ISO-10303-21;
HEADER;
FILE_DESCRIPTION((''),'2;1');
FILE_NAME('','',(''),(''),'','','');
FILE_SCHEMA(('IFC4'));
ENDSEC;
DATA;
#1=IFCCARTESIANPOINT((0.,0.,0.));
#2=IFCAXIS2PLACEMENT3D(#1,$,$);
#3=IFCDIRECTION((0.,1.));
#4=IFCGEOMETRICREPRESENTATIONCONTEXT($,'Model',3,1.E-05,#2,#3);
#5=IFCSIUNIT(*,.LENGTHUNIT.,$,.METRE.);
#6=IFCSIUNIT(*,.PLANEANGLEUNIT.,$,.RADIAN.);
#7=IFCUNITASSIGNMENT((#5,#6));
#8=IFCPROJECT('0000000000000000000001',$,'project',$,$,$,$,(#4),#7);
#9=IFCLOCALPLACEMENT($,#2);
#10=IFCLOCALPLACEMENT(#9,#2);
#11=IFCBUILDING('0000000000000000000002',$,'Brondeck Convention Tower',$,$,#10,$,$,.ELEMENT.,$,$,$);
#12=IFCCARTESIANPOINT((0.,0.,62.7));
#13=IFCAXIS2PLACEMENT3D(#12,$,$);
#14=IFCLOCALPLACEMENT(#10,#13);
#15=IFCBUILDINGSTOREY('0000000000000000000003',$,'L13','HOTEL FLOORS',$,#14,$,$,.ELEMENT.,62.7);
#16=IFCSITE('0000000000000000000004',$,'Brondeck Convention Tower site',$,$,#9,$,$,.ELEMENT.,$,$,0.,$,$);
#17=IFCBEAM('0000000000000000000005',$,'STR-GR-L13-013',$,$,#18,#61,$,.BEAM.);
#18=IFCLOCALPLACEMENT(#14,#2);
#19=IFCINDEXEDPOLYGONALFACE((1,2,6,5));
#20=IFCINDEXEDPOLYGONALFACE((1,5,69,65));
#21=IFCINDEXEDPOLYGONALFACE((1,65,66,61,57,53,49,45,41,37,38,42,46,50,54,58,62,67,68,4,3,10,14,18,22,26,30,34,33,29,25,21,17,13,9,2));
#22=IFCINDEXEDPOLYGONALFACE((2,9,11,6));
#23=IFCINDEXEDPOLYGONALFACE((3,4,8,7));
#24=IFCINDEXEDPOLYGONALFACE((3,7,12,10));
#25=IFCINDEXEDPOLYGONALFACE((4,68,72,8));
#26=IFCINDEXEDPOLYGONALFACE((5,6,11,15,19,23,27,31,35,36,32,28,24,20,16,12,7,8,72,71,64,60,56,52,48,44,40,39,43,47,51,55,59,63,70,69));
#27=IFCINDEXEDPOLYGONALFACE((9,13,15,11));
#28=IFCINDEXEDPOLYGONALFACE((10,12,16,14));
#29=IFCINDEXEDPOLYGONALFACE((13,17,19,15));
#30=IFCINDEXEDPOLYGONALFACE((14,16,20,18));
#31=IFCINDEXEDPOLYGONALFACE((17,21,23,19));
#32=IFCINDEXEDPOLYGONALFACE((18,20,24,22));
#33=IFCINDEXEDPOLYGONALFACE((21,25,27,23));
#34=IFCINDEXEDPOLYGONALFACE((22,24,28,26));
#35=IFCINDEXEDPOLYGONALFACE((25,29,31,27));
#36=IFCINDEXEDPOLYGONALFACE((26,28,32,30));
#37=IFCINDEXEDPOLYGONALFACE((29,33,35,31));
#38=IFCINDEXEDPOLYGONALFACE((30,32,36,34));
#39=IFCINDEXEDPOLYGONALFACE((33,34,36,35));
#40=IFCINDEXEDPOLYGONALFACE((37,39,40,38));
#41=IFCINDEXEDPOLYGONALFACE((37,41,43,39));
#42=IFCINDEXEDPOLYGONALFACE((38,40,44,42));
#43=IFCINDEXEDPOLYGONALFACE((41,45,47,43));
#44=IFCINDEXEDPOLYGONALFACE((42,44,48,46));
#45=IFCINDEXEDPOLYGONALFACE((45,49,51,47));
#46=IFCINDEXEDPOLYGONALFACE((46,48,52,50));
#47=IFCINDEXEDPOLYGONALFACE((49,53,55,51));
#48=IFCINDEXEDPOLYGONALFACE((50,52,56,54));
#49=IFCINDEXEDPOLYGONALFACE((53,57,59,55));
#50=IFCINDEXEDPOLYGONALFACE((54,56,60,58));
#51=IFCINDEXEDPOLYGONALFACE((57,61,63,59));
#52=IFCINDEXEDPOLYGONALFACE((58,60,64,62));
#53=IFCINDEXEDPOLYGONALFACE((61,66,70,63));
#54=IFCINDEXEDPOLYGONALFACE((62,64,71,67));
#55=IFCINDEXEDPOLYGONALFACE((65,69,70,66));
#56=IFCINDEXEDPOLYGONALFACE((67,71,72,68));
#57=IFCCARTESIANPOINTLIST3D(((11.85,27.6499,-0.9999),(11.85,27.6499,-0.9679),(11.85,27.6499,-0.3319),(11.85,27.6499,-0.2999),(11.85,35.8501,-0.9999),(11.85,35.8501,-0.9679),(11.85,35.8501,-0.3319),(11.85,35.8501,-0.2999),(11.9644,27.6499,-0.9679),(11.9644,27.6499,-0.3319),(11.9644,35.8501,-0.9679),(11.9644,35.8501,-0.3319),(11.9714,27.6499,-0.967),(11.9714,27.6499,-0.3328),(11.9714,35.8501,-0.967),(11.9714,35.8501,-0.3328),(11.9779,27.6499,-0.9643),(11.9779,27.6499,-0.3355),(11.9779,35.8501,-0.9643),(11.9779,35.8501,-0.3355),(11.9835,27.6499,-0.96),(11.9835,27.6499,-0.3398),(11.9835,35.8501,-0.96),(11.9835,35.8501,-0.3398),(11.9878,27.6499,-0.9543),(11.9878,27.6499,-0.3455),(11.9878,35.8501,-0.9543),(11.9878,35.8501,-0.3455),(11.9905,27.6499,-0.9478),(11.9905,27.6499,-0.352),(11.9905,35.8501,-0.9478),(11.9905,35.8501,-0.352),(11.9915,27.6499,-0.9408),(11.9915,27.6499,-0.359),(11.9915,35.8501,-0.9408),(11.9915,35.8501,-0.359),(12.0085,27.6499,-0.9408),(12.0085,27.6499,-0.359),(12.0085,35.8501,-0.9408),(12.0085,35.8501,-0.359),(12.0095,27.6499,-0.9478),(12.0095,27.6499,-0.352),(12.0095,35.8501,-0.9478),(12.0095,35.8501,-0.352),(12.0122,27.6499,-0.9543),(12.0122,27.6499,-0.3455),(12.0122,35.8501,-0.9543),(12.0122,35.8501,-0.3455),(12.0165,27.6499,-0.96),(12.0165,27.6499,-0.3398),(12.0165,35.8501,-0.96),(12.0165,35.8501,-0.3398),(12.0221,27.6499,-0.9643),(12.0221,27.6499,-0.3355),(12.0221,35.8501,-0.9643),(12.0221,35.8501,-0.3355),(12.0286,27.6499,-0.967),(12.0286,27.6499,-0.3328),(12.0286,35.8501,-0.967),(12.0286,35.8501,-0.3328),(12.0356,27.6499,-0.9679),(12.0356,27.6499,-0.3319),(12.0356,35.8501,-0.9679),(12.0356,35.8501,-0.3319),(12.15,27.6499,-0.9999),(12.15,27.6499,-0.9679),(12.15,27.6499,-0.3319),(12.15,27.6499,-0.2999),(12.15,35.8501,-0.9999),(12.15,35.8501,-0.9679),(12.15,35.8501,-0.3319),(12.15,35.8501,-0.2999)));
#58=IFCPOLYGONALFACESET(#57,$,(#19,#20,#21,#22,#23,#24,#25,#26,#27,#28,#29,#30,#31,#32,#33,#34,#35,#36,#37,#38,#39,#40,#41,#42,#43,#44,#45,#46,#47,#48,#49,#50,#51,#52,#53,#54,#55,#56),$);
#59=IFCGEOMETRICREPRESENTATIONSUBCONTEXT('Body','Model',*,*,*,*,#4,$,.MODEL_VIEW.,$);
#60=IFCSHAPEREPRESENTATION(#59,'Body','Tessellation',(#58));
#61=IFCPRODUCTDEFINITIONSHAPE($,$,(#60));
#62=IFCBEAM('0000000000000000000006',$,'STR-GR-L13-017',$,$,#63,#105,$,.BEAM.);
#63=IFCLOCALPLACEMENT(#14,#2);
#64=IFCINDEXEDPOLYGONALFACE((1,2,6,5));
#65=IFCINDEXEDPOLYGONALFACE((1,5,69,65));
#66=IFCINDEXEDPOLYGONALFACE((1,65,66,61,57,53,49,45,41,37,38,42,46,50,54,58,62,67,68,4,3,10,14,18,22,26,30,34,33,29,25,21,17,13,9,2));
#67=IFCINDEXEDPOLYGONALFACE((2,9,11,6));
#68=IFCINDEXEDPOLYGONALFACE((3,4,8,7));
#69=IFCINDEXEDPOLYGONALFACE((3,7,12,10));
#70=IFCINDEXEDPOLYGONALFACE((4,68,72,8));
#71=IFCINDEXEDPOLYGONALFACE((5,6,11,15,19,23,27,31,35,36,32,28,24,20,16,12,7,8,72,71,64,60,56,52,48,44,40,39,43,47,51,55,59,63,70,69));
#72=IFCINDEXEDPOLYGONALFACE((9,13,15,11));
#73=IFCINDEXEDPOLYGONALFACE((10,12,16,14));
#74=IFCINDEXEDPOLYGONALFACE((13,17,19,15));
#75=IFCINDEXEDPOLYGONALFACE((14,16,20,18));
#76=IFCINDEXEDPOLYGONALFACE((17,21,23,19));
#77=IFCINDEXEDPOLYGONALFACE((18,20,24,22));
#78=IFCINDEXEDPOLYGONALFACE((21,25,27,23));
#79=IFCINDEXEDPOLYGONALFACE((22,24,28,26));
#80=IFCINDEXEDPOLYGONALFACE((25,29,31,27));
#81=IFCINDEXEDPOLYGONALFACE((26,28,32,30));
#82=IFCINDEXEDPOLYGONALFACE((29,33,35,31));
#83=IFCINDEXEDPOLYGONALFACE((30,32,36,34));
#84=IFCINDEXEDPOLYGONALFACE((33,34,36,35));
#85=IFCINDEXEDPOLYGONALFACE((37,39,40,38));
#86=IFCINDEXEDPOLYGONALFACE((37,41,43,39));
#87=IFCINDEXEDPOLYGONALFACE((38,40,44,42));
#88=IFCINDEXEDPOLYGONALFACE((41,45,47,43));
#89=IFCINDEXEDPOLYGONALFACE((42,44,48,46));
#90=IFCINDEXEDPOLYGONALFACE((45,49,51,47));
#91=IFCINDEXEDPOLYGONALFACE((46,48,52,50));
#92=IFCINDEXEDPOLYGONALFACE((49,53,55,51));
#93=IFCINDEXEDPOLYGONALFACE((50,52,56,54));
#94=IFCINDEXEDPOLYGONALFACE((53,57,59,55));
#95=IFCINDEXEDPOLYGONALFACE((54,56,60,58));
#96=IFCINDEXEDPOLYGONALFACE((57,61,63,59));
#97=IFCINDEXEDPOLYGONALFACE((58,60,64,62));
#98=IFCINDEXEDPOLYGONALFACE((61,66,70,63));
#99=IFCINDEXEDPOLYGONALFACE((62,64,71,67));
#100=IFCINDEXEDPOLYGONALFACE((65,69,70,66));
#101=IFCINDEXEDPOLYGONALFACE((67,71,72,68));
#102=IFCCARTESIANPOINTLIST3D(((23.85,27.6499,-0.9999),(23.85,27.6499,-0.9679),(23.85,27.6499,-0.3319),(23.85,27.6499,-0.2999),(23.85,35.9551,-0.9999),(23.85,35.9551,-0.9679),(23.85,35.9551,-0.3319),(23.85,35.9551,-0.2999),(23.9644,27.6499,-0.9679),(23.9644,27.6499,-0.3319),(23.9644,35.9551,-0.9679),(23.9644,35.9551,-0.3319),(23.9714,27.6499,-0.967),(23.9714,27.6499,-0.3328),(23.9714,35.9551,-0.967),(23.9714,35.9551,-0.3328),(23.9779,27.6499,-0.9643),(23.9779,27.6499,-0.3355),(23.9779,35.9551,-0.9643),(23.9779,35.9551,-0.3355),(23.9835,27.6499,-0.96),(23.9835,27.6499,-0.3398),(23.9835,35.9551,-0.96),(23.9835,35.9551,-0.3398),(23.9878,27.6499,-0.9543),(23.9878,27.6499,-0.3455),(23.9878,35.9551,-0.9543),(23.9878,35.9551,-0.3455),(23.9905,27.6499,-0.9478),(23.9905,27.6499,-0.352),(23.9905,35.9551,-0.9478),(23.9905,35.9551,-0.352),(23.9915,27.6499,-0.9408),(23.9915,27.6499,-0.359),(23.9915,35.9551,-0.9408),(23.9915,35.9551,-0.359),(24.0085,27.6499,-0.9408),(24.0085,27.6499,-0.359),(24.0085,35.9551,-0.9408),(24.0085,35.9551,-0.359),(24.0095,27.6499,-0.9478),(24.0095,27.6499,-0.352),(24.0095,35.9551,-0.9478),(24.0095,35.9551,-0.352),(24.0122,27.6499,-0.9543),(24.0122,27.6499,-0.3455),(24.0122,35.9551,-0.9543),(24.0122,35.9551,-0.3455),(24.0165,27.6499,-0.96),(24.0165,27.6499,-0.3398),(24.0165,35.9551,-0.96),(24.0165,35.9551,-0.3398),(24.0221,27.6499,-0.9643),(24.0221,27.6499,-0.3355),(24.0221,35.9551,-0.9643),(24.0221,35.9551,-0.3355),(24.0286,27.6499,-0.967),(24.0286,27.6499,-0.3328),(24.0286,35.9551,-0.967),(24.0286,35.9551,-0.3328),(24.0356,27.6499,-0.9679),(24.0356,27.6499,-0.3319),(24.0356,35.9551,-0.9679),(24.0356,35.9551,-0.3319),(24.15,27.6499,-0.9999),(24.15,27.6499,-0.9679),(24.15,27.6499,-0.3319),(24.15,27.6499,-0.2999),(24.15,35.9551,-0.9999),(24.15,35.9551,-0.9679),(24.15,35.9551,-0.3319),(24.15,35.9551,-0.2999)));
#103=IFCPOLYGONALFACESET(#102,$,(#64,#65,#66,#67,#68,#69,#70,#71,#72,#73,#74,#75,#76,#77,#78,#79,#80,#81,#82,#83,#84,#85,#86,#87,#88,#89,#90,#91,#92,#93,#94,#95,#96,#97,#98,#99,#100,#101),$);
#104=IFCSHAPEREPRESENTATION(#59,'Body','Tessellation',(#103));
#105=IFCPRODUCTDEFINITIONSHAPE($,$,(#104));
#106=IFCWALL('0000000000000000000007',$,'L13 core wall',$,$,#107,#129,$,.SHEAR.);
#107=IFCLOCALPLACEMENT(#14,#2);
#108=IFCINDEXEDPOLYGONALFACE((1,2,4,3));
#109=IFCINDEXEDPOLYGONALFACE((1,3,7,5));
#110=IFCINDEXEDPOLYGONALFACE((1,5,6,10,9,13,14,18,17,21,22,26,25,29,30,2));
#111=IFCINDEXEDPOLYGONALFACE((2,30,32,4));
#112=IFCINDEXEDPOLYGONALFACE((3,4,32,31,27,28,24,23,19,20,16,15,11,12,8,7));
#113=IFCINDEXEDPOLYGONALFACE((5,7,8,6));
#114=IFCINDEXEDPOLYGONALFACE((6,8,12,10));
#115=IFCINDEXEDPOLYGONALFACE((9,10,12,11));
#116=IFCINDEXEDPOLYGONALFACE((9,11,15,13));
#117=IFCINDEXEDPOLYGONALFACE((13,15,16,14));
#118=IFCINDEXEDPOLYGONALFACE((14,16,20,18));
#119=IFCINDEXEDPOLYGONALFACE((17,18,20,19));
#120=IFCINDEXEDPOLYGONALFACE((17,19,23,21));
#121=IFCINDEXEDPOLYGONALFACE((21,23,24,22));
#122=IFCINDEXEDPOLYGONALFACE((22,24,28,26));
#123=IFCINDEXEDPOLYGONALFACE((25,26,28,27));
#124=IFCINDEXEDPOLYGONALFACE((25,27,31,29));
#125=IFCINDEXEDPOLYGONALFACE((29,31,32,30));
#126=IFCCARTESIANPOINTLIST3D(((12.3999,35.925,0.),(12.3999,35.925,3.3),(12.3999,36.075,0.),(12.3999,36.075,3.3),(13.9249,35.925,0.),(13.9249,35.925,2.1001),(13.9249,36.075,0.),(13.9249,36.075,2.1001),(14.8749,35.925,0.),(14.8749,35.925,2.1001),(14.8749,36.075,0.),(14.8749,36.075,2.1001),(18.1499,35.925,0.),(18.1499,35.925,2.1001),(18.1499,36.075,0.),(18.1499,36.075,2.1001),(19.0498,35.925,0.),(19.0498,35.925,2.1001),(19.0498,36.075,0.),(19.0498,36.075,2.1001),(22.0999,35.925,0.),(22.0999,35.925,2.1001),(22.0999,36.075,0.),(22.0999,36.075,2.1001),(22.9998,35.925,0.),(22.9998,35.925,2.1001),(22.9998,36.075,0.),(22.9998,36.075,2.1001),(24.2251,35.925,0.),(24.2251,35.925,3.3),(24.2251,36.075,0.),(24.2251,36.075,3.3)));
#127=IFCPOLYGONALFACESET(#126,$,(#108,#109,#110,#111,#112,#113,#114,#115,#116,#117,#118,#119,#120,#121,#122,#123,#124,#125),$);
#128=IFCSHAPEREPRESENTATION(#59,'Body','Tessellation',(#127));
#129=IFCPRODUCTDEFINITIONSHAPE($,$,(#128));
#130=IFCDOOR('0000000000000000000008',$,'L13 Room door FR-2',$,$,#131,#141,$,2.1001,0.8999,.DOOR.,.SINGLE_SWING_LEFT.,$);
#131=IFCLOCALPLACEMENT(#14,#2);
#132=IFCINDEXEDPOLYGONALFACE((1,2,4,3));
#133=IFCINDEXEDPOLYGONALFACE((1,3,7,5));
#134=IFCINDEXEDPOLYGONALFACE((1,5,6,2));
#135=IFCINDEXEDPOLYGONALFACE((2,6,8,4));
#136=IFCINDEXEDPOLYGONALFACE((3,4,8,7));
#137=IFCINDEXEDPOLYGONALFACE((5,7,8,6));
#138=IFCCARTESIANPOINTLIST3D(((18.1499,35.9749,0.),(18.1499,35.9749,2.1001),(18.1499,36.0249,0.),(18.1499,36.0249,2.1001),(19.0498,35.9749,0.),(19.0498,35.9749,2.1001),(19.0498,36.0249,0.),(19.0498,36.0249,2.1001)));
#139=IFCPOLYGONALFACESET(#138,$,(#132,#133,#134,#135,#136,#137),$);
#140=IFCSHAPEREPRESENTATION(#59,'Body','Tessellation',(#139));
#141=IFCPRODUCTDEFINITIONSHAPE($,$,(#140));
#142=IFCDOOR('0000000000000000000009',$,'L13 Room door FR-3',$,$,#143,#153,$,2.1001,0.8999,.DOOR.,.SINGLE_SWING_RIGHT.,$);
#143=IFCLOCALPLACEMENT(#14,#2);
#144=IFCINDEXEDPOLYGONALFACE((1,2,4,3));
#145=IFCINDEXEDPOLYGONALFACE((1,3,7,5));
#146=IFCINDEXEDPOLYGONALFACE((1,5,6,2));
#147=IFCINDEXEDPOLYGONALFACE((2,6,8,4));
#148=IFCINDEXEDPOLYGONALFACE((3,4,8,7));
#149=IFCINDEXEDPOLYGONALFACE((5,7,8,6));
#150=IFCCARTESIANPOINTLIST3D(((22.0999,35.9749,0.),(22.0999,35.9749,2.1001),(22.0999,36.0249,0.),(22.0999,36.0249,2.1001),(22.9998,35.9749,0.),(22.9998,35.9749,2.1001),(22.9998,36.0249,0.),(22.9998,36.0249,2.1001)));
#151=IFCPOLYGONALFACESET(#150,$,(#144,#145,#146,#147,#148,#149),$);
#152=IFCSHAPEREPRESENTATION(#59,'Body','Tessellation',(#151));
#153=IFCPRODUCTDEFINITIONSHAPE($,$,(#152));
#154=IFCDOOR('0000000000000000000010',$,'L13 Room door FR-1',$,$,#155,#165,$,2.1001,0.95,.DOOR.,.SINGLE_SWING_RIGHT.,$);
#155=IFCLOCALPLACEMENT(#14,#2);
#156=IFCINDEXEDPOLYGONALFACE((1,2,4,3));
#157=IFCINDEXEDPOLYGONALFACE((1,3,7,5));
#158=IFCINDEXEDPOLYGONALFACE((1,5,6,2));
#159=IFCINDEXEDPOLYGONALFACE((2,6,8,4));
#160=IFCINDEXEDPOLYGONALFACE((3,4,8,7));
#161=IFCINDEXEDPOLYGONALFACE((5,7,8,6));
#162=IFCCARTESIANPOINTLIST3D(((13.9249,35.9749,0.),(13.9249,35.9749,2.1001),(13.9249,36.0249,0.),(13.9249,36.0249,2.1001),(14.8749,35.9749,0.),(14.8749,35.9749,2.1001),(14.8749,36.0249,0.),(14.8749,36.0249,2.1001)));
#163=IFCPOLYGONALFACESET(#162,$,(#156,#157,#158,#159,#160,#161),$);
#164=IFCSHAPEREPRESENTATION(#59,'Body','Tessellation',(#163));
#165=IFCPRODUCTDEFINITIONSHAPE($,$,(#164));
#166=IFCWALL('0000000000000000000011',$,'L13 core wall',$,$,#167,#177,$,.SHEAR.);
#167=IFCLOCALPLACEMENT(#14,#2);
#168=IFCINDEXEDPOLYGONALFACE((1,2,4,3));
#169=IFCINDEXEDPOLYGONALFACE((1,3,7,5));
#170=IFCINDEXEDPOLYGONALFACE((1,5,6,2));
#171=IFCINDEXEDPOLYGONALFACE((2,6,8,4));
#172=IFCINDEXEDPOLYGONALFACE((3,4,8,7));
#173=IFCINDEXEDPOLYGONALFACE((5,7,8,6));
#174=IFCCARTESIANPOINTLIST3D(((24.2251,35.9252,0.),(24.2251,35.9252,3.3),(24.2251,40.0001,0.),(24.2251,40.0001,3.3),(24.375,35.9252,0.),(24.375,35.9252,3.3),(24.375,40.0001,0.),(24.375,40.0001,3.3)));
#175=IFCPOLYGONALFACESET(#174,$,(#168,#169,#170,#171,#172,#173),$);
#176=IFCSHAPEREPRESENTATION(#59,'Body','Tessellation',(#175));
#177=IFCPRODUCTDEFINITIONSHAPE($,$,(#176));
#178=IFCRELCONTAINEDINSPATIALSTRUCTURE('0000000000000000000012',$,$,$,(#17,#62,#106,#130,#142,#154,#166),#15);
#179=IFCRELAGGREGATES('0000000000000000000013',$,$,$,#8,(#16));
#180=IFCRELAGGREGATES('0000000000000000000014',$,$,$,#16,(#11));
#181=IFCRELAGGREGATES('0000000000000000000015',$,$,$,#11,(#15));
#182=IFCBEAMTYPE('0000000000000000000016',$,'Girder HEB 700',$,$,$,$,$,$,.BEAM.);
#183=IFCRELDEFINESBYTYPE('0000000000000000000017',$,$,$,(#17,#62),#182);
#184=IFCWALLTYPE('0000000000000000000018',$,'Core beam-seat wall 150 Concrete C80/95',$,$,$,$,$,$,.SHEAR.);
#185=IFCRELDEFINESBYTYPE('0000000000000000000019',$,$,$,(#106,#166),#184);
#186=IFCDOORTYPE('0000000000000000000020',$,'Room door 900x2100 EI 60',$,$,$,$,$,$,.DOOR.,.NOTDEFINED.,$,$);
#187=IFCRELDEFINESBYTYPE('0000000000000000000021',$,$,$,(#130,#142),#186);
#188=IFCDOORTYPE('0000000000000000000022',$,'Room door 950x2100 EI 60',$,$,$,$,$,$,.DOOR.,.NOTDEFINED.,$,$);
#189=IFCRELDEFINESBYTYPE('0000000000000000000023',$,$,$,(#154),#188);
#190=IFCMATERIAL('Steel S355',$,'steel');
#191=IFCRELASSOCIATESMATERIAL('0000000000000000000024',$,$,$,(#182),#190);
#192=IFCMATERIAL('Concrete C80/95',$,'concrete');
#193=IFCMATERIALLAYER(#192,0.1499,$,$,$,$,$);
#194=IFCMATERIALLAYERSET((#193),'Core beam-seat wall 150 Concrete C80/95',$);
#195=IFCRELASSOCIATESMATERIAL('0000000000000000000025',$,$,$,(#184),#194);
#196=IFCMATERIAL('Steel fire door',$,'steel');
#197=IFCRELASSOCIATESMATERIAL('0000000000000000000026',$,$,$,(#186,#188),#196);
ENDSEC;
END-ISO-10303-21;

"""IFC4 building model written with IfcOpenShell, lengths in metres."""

from ifc_helpers import new_model, si_unit, direction, frame, frame_2d, origin, origin_2d, place, context, subcontext, project, spatial, rectangle, i_section, extrude, material, layer, layer_set, material_profile, profile_set, type_object, element, fill, save


model = new_model("IFC4")

# Units and contexts
model_context = context("Model", 3, precision=1e-05, world=origin(), true_north=direction((0.0, 1.0)))
body_context = subcontext(model_context, "Body", "Model", "MODEL_VIEW")
ifc_project = project(units=[si_unit("LENGTHUNIT", "METRE"), si_unit("PLANEANGLEUNIT", "RADIAN")], contexts=[model_context])

# Site, building, storey
site_placement = place(None, origin())
site = spatial("IfcSite", under=ifc_project, at=site_placement, Name="Brondeck Convention Tower site", CompositionType="ELEMENT", RefElevation=0.0)
building_placement = place(site_placement, origin())
building = spatial("IfcBuilding", under=site, at=building_placement, Name="Brondeck Convention Tower", CompositionType="ELEMENT")
storey_placement = place(building_placement, frame((0.0, 0.0, 62.7)))
storey = spatial("IfcBuildingStorey", under=building, at=storey_placement, Name="L13", Description="HOTEL FLOORS", CompositionType="ELEMENT", Elevation=62.7)

# Beams
ifc_material_1 = material(Name="Steel S355", Category="steel")
ifc_material_profile = material_profile(ifc_material_1, i_section(OverallWidth=0.3, OverallDepth=0.7, WebThickness=0.0171, FlangeThickness=0.032, FilletRadius=0.0271, at=origin_2d()), Name="HEB 700")
ifc_profile_set = profile_set([ifc_material_profile], Name="Steel S355")
beam_type = type_object("IfcBeamType", Name="Girder HEB 700", PredefinedType="BEAM", material=ifc_profile_set)
beam_1_placement = place(storey_placement, frame((12.0, 35.8501, -0.6499), z_axis=(0.0, -1.0, 0.0), x_axis=(1.0, 0.0, 0.0)))
element("IfcBeam", 1, at=beam_1_placement, inside=storey, type_object=beam_type, Name="STR-GR-L13-013", PredefinedType="BEAM", context=body_context, shape_type="SweptSolid", body=[
    extrude(i_section(OverallWidth=0.3, OverallDepth=0.7, WebThickness=0.0171, FlangeThickness=0.032, FilletRadius=0.0271, at=origin_2d()), origin(), (0.0, 0.0, 1.0), 8.2002),
])
beam_2_placement = place(storey_placement, frame((24.0, 35.9551, -0.6499), z_axis=(0.0, -1.0, 0.0), x_axis=(1.0, 0.0, 0.0)))
element("IfcBeam", 2, at=beam_2_placement, inside=storey, type_object=beam_type, Name="STR-GR-L13-017", PredefinedType="BEAM", context=body_context, shape_type="SweptSolid", body=[
    extrude(i_section(OverallWidth=0.3, OverallDepth=0.7, WebThickness=0.0171, FlangeThickness=0.032, FilletRadius=0.0271, at=origin_2d()), origin(), (0.0, 0.0, 1.0), 8.3052),
])

# Wall, openings, doors
ifc_material_2 = material(Name="Concrete C80/95", Category="concrete")
ifc_layer_1 = layer(ifc_material_2, 0.1499)
ifc_layer_set_1 = layer_set([ifc_layer_1], Name="Core beam-seat wall 150 Concrete C80/95")
wall_type_1 = type_object("IfcWallType", Name="Core beam-seat wall 150 Concrete C80/95", PredefinedType="SHEAR", material=ifc_layer_set_1)
wall_1_placement = place(storey_placement, frame((12.3999, 36.0, 0.0), z_axis=(0.0, 0.0, 1.0), x_axis=(1.0, 0.0, 0.0)))
wall_1 = element("IfcWall", 3, at=wall_1_placement, inside=storey, type_object=wall_type_1, Name="L13 core wall", PredefinedType="SHEAR", context=body_context, shape_type="SweptSolid", body=[
    extrude(rectangle(XDim=11.8252, YDim=0.1499, at=frame_2d((5.9126, 0.0))), origin(), (0.0, 0.0, 1.0), 3.3),
])
opening_1_placement = place(wall_1_placement, frame((1.5249, 0.0, 0.0)))
opening_1 = element("IfcOpeningElement", 4, at=opening_1_placement, cuts=wall_1, PredefinedType="OPENING", context=body_context, shape_type="SweptSolid", body=[
    extrude(rectangle(XDim=0.95, YDim=2.1001, at=frame_2d((0.4751, 1.05))), frame((0.0, 0.085, 0.0), z_axis=(0.0, -1.0, 0.0), x_axis=(1.0, 0.0, 0.0)), (0.0, 0.0, 1.0), 0.1699),
])
opening_2_placement = place(wall_1_placement, frame((5.75, 0.0, 0.0)))
opening_2 = element("IfcOpeningElement", 5, at=opening_2_placement, cuts=wall_1, PredefinedType="OPENING", context=body_context, shape_type="SweptSolid", body=[
    extrude(rectangle(XDim=0.8999, YDim=2.1001, at=frame_2d((0.45, 1.05))), frame((0.0, 0.085, 0.0), z_axis=(0.0, -1.0, 0.0), x_axis=(1.0, 0.0, 0.0)), (0.0, 0.0, 1.0), 0.1699),
])
opening_3_placement = place(wall_1_placement, frame((9.7, 0.0, 0.0)))
opening_3 = element("IfcOpeningElement", 6, at=opening_3_placement, cuts=wall_1, PredefinedType="OPENING", context=body_context, shape_type="SweptSolid", body=[
    extrude(rectangle(XDim=0.8999, YDim=2.1001, at=frame_2d((0.45, 1.05))), frame((0.0, 0.085, 0.0), z_axis=(0.0, -1.0, 0.0), x_axis=(1.0, 0.0, 0.0)), (0.0, 0.0, 1.0), 0.1699),
])
ifc_material_3 = material(Name="Steel fire door", Category="steel")
door_type_1 = type_object("IfcDoorType", Name="Room door 900x2100 EI 60", OperationType="NOTDEFINED", PredefinedType="DOOR", material=ifc_material_3)
door_1_placement = place(opening_2_placement, origin())
door_1 = element("IfcDoor", 7, at=door_1_placement, inside=storey, type_object=door_type_1, Name="L13 Room door FR-2", OperationType="SINGLE_SWING_LEFT", OverallHeight=2.1001, OverallWidth=0.8999, PredefinedType="DOOR", context=body_context, shape_type="SweptSolid", body=[
    extrude(rectangle(XDim=0.8999, YDim=2.1001, at=frame_2d((0.45, 1.05))), frame((0.0, 0.0249, 0.0), z_axis=(0.0, -1.0, 0.0), x_axis=(1.0, 0.0, 0.0)), (0.0, 0.0, 1.0), 0.05),
])
fill(opening_2, door_1)
door_2_placement = place(opening_3_placement, origin())
door_2 = element("IfcDoor", 8, at=door_2_placement, inside=storey, type_object=door_type_1, Name="L13 Room door FR-3", OperationType="SINGLE_SWING_RIGHT", OverallHeight=2.1001, OverallWidth=0.8999, PredefinedType="DOOR", context=body_context, shape_type="SweptSolid", body=[
    extrude(rectangle(XDim=0.8999, YDim=2.1001, at=frame_2d((0.45, 1.05))), frame((0.0, 0.0249, 0.0), z_axis=(0.0, -1.0, 0.0), x_axis=(1.0, 0.0, 0.0)), (0.0, 0.0, 1.0), 0.05),
])
fill(opening_3, door_2)
door_type_2 = type_object("IfcDoorType", Name="Room door 950x2100 EI 60", OperationType="NOTDEFINED", PredefinedType="DOOR", material=ifc_material_3)
door_3_placement = place(opening_1_placement, origin())
door_3 = element("IfcDoor", 9, at=door_3_placement, inside=storey, type_object=door_type_2, Name="L13 Room door FR-1", OperationType="SINGLE_SWING_RIGHT", OverallHeight=2.1001, OverallWidth=0.95, PredefinedType="DOOR", context=body_context, shape_type="SweptSolid", body=[
    extrude(rectangle(XDim=0.95, YDim=2.1001, at=frame_2d((0.4751, 1.05))), frame((0.0, 0.0249, 0.0), z_axis=(0.0, -1.0, 0.0), x_axis=(1.0, 0.0, 0.0)), (0.0, 0.0, 1.0), 0.05),
])
fill(opening_1, door_3)

# Wall
wall_2_placement = place(storey_placement, frame((24.3, 35.925, 0.0), z_axis=(0.0, 0.0, 1.0), x_axis=(0.0, 1.0, 0.0)))
element("IfcWall", 10, at=wall_2_placement, inside=storey, type_object=wall_type_1, Name="L13 core wall", PredefinedType="SHEAR", context=body_context, shape_type="SweptSolid", body=[
    extrude(rectangle(XDim=4.075, YDim=0.1499, at=frame_2d((2.0376, 0.0))), origin(), (0.0, 0.0, 1.0), 3.3),
])

save(model, "model.ifc")
